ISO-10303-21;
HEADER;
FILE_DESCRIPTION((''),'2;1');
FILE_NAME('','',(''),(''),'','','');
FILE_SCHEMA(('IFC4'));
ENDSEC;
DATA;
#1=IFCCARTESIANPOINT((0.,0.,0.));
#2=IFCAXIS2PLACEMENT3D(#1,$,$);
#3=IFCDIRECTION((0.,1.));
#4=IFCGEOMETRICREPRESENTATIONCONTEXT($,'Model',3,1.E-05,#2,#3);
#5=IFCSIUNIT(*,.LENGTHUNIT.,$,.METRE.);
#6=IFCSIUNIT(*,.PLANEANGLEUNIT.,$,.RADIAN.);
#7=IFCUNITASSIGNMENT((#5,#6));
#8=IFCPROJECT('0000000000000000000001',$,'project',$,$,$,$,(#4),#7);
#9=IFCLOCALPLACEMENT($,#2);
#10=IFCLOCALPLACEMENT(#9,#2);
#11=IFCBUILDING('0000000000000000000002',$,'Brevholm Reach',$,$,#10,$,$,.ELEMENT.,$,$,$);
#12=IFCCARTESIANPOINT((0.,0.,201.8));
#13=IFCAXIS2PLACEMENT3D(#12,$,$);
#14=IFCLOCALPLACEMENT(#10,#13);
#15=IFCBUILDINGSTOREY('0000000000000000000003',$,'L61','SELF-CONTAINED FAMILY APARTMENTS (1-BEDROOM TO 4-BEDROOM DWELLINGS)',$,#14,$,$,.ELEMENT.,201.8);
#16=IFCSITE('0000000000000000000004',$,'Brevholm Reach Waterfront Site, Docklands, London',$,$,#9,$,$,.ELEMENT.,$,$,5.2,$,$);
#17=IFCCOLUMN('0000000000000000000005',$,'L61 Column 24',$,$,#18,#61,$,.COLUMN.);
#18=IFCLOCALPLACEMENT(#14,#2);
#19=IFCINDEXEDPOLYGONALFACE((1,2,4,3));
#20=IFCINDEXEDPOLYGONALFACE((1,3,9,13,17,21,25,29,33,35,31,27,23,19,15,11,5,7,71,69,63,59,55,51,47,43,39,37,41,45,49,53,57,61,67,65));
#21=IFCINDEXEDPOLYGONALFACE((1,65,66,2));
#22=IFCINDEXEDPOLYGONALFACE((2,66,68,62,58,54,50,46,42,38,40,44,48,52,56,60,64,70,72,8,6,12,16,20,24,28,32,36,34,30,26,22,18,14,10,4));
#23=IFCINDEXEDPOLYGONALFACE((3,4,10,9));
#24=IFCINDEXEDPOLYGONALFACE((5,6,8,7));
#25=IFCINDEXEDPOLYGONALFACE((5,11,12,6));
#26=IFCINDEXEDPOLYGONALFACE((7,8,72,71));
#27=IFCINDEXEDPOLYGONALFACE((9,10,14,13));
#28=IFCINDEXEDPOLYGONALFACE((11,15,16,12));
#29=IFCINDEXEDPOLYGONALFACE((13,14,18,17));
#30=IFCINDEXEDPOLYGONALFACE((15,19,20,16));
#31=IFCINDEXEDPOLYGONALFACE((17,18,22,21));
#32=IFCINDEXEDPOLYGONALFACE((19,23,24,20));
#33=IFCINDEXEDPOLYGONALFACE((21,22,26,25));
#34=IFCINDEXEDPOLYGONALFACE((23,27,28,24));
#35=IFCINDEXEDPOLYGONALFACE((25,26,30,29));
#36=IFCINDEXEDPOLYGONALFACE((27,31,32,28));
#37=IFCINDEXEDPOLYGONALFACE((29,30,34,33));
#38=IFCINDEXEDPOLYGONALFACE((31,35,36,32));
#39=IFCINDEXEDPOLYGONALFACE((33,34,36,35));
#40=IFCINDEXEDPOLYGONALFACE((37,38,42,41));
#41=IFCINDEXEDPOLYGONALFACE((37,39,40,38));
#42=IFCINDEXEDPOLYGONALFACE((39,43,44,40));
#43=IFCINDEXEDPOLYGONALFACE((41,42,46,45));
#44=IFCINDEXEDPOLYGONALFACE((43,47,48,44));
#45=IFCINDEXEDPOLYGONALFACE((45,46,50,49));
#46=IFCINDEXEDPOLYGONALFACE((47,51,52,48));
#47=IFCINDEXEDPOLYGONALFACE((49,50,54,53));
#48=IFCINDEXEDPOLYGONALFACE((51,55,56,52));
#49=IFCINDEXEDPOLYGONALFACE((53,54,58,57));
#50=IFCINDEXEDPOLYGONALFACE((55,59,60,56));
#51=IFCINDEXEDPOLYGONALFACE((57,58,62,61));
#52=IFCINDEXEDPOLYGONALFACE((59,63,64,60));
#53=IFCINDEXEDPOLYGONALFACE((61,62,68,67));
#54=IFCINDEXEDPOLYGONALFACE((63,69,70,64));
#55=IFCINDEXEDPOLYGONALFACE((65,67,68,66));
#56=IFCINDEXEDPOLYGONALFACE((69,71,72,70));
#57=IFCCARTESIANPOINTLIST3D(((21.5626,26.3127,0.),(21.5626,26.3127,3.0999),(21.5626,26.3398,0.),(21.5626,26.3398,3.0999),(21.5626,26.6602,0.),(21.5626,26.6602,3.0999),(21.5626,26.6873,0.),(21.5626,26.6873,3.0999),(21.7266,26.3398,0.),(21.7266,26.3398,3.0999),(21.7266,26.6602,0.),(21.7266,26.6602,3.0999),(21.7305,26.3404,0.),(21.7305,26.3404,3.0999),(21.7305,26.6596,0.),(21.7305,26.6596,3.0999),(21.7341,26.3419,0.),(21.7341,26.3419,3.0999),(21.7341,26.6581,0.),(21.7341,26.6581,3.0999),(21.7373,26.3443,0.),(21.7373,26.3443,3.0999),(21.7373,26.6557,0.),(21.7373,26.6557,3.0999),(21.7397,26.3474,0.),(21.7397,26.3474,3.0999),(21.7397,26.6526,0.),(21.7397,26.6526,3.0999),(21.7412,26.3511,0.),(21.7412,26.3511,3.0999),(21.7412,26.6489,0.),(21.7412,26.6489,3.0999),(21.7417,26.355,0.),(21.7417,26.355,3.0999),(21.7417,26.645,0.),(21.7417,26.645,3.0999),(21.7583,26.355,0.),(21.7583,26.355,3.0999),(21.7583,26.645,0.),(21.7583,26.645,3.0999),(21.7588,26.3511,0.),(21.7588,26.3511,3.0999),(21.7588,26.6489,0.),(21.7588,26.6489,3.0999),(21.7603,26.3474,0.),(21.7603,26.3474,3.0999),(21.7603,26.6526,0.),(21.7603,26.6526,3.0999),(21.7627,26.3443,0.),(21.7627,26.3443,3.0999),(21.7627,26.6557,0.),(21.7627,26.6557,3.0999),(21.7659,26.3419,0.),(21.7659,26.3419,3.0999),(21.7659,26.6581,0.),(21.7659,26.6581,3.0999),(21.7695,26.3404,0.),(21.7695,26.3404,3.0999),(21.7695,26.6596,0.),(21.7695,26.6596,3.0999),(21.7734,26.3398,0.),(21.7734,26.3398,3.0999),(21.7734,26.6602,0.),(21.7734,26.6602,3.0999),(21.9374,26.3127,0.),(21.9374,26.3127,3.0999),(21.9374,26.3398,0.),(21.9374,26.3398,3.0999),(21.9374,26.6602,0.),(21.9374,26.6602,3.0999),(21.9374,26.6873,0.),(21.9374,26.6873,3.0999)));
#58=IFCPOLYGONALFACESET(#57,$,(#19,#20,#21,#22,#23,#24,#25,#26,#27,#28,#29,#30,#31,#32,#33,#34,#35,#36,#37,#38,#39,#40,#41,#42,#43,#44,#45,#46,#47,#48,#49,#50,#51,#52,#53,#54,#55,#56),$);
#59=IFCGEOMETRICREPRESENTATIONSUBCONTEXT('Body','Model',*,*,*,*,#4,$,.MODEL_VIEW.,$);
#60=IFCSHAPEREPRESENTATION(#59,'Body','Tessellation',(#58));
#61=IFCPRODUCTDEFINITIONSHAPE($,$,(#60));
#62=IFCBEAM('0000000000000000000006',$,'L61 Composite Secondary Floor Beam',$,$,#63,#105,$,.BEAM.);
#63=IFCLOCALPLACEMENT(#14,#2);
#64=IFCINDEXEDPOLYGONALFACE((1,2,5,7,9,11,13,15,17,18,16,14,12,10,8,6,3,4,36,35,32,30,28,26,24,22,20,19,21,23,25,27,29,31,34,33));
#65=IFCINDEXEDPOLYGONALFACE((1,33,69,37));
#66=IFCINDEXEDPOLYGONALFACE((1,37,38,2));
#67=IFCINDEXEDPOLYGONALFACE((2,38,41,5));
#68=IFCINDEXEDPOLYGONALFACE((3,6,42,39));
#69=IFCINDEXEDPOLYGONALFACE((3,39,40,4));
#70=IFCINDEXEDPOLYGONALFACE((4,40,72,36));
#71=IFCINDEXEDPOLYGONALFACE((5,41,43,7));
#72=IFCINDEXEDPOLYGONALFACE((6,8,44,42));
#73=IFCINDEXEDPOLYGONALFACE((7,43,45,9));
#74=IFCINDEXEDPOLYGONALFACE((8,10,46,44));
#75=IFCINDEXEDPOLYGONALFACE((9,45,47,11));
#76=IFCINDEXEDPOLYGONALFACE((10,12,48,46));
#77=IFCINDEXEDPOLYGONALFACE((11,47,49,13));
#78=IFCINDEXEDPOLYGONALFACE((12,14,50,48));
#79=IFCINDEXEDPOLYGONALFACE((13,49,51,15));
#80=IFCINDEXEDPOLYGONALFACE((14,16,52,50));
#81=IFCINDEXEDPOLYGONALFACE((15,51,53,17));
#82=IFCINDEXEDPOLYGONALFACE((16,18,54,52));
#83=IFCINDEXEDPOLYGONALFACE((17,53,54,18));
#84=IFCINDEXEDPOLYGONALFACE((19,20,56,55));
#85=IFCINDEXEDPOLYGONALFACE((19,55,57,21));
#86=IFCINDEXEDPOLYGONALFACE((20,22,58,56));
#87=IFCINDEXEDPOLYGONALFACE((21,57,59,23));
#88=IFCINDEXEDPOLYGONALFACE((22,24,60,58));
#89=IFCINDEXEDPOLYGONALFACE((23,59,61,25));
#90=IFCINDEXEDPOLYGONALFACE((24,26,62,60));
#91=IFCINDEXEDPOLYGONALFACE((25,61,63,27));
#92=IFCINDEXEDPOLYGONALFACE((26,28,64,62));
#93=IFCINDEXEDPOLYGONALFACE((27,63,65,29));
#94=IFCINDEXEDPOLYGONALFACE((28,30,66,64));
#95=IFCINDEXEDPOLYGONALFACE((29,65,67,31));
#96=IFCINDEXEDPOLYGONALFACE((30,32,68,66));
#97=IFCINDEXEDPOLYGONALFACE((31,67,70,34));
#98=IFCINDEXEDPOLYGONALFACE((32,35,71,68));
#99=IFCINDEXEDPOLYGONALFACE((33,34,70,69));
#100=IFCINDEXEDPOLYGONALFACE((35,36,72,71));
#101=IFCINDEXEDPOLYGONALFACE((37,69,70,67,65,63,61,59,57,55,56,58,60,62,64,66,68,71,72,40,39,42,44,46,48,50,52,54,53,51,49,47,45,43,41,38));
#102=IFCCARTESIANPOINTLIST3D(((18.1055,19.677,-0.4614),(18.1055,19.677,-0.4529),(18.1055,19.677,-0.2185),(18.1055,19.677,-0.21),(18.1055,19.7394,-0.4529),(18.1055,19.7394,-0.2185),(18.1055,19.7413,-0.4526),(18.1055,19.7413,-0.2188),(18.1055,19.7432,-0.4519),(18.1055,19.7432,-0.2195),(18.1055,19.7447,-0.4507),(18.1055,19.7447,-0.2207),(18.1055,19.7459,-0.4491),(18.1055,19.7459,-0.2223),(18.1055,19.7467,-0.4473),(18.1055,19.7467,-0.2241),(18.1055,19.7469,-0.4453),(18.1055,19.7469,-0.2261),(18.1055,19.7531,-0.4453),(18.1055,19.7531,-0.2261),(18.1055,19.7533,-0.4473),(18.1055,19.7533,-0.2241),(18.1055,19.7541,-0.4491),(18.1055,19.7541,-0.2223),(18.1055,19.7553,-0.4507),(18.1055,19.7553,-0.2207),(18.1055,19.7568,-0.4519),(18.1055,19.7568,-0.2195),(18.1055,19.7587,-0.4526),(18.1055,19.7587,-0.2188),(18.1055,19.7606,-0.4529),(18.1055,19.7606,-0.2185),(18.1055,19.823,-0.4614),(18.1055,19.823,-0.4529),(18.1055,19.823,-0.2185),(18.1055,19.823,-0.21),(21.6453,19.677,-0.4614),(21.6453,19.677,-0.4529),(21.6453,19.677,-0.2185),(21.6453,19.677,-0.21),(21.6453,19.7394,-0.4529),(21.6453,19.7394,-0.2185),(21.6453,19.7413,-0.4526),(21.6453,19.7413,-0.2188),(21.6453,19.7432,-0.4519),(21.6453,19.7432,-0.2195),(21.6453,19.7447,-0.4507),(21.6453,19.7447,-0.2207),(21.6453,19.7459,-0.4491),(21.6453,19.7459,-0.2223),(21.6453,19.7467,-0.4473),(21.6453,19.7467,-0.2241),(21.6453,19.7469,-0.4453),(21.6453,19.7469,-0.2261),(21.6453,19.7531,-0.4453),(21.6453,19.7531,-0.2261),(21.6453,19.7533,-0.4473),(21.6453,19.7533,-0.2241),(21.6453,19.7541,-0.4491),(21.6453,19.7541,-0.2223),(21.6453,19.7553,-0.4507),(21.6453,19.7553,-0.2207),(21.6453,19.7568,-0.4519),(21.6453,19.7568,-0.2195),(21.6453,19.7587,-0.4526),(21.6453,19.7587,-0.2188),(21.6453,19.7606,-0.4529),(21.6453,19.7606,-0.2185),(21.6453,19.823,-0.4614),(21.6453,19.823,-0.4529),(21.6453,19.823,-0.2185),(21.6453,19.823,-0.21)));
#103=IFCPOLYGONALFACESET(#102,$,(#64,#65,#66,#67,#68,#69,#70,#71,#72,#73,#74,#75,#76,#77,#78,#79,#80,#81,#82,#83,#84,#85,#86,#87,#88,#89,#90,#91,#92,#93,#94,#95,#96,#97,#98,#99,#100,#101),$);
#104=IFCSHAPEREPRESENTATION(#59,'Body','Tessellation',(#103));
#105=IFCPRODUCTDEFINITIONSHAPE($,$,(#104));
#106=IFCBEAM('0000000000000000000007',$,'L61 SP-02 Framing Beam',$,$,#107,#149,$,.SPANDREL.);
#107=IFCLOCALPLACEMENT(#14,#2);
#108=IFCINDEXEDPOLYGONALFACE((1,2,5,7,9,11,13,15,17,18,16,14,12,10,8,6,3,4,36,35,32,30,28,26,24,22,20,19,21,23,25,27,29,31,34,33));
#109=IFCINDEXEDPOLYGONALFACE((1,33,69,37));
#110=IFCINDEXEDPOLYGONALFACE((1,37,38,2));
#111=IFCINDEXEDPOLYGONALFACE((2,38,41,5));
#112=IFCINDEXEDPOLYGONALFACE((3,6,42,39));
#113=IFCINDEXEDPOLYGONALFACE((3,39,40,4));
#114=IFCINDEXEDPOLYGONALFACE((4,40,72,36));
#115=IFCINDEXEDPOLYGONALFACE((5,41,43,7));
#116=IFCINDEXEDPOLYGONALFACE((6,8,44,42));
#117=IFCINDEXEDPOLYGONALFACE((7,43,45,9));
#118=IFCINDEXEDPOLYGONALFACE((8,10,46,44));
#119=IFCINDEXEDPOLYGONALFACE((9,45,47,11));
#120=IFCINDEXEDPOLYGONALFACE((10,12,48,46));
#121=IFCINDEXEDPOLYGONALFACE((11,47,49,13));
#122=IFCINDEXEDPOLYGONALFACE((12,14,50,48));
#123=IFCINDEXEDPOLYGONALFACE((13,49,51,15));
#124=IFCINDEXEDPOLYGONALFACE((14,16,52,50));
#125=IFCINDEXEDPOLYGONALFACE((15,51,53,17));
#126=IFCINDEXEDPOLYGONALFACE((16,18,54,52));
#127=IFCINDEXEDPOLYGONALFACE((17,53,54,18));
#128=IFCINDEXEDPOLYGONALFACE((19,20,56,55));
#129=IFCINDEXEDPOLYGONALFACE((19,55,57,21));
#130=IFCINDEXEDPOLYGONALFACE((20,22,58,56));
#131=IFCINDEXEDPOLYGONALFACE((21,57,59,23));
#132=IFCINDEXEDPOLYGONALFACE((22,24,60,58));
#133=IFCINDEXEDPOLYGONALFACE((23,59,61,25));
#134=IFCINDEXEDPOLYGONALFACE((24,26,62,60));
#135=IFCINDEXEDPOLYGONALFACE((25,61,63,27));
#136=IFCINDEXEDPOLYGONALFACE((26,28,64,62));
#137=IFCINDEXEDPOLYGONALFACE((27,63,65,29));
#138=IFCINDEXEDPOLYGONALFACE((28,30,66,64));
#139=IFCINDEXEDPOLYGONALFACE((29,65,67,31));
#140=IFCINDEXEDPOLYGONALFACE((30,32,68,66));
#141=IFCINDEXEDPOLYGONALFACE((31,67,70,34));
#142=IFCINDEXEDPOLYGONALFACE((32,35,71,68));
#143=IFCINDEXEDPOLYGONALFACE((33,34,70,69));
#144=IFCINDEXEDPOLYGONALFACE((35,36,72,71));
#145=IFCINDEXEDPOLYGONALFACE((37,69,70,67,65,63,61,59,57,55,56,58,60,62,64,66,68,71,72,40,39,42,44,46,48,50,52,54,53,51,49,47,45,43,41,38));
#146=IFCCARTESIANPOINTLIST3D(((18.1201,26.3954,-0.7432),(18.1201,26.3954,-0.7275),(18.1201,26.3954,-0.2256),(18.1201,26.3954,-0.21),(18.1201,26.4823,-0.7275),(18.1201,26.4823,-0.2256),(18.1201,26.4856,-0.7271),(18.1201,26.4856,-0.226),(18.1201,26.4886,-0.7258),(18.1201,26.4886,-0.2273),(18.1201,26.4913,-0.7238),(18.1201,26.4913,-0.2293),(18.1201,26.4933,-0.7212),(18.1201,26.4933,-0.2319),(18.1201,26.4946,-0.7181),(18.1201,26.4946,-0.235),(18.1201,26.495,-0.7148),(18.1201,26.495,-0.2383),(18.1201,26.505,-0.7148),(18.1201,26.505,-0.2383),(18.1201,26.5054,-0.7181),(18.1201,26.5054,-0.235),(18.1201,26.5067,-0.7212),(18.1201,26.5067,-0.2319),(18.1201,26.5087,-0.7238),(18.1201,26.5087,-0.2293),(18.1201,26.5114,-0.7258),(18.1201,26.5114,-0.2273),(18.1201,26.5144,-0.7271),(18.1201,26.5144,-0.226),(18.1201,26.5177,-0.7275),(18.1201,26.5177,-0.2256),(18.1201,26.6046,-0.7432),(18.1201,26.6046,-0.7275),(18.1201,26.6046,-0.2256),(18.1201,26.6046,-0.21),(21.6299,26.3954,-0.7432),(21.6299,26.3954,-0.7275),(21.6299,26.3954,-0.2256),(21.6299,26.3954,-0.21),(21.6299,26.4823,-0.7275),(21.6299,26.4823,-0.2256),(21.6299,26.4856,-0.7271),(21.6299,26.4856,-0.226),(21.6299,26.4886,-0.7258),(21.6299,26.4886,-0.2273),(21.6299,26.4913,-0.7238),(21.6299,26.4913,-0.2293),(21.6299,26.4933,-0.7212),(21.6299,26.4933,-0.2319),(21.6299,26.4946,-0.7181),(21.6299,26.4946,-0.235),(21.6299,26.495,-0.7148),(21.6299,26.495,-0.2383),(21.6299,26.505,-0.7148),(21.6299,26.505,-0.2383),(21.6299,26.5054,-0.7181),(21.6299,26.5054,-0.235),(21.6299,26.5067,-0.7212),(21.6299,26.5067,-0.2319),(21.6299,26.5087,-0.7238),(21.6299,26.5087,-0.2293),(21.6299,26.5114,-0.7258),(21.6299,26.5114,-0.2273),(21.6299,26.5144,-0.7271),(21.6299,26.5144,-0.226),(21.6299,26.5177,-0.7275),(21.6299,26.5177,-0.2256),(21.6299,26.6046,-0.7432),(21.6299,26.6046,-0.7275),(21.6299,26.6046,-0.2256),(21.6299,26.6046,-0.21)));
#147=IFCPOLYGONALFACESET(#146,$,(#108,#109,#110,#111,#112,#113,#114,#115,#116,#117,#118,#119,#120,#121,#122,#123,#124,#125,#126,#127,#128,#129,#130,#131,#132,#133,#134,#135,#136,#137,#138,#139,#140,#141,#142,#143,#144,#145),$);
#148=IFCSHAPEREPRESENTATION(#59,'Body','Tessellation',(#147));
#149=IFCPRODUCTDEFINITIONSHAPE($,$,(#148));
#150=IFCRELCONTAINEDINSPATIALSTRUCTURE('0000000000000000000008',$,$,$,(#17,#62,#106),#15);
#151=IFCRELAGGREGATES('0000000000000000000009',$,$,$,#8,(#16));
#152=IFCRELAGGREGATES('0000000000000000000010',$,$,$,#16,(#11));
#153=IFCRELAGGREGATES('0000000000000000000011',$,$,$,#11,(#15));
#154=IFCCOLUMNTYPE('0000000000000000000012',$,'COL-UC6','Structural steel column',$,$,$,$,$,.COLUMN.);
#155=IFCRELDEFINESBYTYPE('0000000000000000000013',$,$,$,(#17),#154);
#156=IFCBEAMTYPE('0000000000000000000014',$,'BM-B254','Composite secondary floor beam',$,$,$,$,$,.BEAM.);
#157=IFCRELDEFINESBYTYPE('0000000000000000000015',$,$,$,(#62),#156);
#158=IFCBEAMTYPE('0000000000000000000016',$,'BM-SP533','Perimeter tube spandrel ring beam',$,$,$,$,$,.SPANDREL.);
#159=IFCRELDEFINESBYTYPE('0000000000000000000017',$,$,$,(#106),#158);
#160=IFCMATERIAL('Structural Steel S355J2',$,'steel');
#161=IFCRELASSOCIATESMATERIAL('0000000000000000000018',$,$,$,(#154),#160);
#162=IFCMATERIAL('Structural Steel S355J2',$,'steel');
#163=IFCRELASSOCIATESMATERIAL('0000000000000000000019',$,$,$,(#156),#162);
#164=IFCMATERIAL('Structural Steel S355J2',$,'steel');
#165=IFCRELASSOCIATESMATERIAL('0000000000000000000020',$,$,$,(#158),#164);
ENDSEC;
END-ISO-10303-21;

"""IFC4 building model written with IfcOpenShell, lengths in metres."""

from ifc_helpers import new_model, si_unit, direction, frame, origin, origin_2d, place, context, subcontext, project, spatial, i_section, extrude, material, material_profile, profile_set, type_object, element, save


model = new_model("IFC4")

# Units and contexts
model_context = context("Model", 3, precision=1e-05, world=origin(), true_north=direction((0.0, 1.0)))
body_context = subcontext(model_context, "Body", "Model", "MODEL_VIEW")
ifc_project = project(units=[si_unit("LENGTHUNIT", "METRE"), si_unit("PLANEANGLEUNIT", "RADIAN")], contexts=[model_context])

# Site, building, storey
site_placement = place(None, origin())
site = spatial("IfcSite", under=ifc_project, at=site_placement, Name="Brevholm Reach Waterfront Site, Docklands, London", CompositionType="ELEMENT", RefElevation=5.2)
building_placement = place(site_placement, origin())
building = spatial("IfcBuilding", under=site, at=building_placement, Name="Brevholm Reach", CompositionType="ELEMENT")
storey_placement = place(building_placement, frame((0.0, 0.0, 201.8)))
storey = spatial("IfcBuildingStorey", under=building, at=storey_placement, Name="L61", Description="SELF-CONTAINED FAMILY APARTMENTS (1-BEDROOM TO 4-BEDROOM DWELLINGS)", CompositionType="ELEMENT", Elevation=201.8)

# Column
ifc_material_1 = material(Name="Structural Steel S355J2", Category="steel")
ifc_material_profile_1 = material_profile(ifc_material_1, i_section(OverallWidth=0.3748, OverallDepth=0.3745, WebThickness=0.0166, FlangeThickness=0.0271, FilletRadius=0.0151, at=origin_2d()), Name="UKC 356x368x202")
ifc_profile_set_1 = profile_set([ifc_material_profile_1], Name="Structural Steel S355J2")
column_type = type_object("IfcColumnType", Name="COL-UC6", Description="Structural steel column", PredefinedType="COLUMN", material=ifc_profile_set_1)
for number, where, z_axis, x_axis, name in (
    (1, (21.75, 26.5, 0.0), (0.0, 0.0, 1.0), (1.0, 0.0, 0.0), "L61 Column 24"),
):
    element("IfcColumn", number, at=place(storey_placement, frame(where, z_axis=z_axis, x_axis=x_axis)), inside=storey, type_object=column_type, Name=name, PredefinedType="COLUMN", context=body_context, shape_type="SweptSolid", body=[
        extrude(i_section(OverallWidth=0.3748, OverallDepth=0.3745, WebThickness=0.0166, FlangeThickness=0.0271, FilletRadius=0.0151, at=origin_2d()), origin(), (0.0, 0.0, 1.0), 3.0999),
    ])

# Beams
ifc_material_2 = material(Name="Structural Steel S355J2", Category="steel")
ifc_material_profile_2 = material_profile(ifc_material_2, i_section(OverallWidth=0.146, OverallDepth=0.2515, WebThickness=0.0061, FlangeThickness=0.0085, FilletRadius=0.0076, at=origin_2d()), Name="UKB 254x146x31")
ifc_profile_set_2 = profile_set([ifc_material_profile_2], Name="Structural Steel S355J2")
beam_type_1 = type_object("IfcBeamType", Name="BM-B254", Description="Composite secondary floor beam", PredefinedType="BEAM", material=ifc_profile_set_2)
beam_1_placement = place(storey_placement, frame((18.1055, 19.75, -0.3357), z_axis=(1.0, 0.0, 0.0), x_axis=(0.0, 1.0, 0.0)))
element("IfcBeam", 2, at=beam_1_placement, inside=storey, type_object=beam_type_1, Name="L61 Composite Secondary Floor Beam", PredefinedType="BEAM", context=body_context, shape_type="SweptSolid", body=[
    extrude(i_section(OverallWidth=0.146, OverallDepth=0.2515, WebThickness=0.0061, FlangeThickness=0.0085, FilletRadius=0.0076, at=origin_2d()), origin(), (0.0, 0.0, 1.0), 3.5398),
])
ifc_material_3 = material(Name="Structural Steel S355J2", Category="steel")
ifc_material_profile_3 = material_profile(ifc_material_3, i_section(OverallWidth=0.2092, OverallDepth=0.5332, WebThickness=0.01, FlangeThickness=0.0156, FilletRadius=0.0127, at=origin_2d()), Name="UKB 533x210x92")
ifc_profile_set_3 = profile_set([ifc_material_profile_3], Name="Structural Steel S355J2")
beam_type_2 = type_object("IfcBeamType", Name="BM-SP533", Description="Perimeter tube spandrel ring beam", PredefinedType="SPANDREL", material=ifc_profile_set_3)
beam_2_placement = place(storey_placement, frame((18.1201, 26.5, -0.4766), z_axis=(1.0, 0.0, 0.0), x_axis=(0.0, 1.0, 0.0)))
element("IfcBeam", 3, at=beam_2_placement, inside=storey, type_object=beam_type_2, Name="L61 SP-02 Framing Beam", PredefinedType="SPANDREL", context=body_context, shape_type="SweptSolid", body=[
    extrude(i_section(OverallWidth=0.2092, OverallDepth=0.5332, WebThickness=0.01, FlangeThickness=0.0156, FilletRadius=0.0127, at=origin_2d()), origin(), (0.0, 0.0, 1.0), 3.5098),
])

save(model, "model.ifc")
